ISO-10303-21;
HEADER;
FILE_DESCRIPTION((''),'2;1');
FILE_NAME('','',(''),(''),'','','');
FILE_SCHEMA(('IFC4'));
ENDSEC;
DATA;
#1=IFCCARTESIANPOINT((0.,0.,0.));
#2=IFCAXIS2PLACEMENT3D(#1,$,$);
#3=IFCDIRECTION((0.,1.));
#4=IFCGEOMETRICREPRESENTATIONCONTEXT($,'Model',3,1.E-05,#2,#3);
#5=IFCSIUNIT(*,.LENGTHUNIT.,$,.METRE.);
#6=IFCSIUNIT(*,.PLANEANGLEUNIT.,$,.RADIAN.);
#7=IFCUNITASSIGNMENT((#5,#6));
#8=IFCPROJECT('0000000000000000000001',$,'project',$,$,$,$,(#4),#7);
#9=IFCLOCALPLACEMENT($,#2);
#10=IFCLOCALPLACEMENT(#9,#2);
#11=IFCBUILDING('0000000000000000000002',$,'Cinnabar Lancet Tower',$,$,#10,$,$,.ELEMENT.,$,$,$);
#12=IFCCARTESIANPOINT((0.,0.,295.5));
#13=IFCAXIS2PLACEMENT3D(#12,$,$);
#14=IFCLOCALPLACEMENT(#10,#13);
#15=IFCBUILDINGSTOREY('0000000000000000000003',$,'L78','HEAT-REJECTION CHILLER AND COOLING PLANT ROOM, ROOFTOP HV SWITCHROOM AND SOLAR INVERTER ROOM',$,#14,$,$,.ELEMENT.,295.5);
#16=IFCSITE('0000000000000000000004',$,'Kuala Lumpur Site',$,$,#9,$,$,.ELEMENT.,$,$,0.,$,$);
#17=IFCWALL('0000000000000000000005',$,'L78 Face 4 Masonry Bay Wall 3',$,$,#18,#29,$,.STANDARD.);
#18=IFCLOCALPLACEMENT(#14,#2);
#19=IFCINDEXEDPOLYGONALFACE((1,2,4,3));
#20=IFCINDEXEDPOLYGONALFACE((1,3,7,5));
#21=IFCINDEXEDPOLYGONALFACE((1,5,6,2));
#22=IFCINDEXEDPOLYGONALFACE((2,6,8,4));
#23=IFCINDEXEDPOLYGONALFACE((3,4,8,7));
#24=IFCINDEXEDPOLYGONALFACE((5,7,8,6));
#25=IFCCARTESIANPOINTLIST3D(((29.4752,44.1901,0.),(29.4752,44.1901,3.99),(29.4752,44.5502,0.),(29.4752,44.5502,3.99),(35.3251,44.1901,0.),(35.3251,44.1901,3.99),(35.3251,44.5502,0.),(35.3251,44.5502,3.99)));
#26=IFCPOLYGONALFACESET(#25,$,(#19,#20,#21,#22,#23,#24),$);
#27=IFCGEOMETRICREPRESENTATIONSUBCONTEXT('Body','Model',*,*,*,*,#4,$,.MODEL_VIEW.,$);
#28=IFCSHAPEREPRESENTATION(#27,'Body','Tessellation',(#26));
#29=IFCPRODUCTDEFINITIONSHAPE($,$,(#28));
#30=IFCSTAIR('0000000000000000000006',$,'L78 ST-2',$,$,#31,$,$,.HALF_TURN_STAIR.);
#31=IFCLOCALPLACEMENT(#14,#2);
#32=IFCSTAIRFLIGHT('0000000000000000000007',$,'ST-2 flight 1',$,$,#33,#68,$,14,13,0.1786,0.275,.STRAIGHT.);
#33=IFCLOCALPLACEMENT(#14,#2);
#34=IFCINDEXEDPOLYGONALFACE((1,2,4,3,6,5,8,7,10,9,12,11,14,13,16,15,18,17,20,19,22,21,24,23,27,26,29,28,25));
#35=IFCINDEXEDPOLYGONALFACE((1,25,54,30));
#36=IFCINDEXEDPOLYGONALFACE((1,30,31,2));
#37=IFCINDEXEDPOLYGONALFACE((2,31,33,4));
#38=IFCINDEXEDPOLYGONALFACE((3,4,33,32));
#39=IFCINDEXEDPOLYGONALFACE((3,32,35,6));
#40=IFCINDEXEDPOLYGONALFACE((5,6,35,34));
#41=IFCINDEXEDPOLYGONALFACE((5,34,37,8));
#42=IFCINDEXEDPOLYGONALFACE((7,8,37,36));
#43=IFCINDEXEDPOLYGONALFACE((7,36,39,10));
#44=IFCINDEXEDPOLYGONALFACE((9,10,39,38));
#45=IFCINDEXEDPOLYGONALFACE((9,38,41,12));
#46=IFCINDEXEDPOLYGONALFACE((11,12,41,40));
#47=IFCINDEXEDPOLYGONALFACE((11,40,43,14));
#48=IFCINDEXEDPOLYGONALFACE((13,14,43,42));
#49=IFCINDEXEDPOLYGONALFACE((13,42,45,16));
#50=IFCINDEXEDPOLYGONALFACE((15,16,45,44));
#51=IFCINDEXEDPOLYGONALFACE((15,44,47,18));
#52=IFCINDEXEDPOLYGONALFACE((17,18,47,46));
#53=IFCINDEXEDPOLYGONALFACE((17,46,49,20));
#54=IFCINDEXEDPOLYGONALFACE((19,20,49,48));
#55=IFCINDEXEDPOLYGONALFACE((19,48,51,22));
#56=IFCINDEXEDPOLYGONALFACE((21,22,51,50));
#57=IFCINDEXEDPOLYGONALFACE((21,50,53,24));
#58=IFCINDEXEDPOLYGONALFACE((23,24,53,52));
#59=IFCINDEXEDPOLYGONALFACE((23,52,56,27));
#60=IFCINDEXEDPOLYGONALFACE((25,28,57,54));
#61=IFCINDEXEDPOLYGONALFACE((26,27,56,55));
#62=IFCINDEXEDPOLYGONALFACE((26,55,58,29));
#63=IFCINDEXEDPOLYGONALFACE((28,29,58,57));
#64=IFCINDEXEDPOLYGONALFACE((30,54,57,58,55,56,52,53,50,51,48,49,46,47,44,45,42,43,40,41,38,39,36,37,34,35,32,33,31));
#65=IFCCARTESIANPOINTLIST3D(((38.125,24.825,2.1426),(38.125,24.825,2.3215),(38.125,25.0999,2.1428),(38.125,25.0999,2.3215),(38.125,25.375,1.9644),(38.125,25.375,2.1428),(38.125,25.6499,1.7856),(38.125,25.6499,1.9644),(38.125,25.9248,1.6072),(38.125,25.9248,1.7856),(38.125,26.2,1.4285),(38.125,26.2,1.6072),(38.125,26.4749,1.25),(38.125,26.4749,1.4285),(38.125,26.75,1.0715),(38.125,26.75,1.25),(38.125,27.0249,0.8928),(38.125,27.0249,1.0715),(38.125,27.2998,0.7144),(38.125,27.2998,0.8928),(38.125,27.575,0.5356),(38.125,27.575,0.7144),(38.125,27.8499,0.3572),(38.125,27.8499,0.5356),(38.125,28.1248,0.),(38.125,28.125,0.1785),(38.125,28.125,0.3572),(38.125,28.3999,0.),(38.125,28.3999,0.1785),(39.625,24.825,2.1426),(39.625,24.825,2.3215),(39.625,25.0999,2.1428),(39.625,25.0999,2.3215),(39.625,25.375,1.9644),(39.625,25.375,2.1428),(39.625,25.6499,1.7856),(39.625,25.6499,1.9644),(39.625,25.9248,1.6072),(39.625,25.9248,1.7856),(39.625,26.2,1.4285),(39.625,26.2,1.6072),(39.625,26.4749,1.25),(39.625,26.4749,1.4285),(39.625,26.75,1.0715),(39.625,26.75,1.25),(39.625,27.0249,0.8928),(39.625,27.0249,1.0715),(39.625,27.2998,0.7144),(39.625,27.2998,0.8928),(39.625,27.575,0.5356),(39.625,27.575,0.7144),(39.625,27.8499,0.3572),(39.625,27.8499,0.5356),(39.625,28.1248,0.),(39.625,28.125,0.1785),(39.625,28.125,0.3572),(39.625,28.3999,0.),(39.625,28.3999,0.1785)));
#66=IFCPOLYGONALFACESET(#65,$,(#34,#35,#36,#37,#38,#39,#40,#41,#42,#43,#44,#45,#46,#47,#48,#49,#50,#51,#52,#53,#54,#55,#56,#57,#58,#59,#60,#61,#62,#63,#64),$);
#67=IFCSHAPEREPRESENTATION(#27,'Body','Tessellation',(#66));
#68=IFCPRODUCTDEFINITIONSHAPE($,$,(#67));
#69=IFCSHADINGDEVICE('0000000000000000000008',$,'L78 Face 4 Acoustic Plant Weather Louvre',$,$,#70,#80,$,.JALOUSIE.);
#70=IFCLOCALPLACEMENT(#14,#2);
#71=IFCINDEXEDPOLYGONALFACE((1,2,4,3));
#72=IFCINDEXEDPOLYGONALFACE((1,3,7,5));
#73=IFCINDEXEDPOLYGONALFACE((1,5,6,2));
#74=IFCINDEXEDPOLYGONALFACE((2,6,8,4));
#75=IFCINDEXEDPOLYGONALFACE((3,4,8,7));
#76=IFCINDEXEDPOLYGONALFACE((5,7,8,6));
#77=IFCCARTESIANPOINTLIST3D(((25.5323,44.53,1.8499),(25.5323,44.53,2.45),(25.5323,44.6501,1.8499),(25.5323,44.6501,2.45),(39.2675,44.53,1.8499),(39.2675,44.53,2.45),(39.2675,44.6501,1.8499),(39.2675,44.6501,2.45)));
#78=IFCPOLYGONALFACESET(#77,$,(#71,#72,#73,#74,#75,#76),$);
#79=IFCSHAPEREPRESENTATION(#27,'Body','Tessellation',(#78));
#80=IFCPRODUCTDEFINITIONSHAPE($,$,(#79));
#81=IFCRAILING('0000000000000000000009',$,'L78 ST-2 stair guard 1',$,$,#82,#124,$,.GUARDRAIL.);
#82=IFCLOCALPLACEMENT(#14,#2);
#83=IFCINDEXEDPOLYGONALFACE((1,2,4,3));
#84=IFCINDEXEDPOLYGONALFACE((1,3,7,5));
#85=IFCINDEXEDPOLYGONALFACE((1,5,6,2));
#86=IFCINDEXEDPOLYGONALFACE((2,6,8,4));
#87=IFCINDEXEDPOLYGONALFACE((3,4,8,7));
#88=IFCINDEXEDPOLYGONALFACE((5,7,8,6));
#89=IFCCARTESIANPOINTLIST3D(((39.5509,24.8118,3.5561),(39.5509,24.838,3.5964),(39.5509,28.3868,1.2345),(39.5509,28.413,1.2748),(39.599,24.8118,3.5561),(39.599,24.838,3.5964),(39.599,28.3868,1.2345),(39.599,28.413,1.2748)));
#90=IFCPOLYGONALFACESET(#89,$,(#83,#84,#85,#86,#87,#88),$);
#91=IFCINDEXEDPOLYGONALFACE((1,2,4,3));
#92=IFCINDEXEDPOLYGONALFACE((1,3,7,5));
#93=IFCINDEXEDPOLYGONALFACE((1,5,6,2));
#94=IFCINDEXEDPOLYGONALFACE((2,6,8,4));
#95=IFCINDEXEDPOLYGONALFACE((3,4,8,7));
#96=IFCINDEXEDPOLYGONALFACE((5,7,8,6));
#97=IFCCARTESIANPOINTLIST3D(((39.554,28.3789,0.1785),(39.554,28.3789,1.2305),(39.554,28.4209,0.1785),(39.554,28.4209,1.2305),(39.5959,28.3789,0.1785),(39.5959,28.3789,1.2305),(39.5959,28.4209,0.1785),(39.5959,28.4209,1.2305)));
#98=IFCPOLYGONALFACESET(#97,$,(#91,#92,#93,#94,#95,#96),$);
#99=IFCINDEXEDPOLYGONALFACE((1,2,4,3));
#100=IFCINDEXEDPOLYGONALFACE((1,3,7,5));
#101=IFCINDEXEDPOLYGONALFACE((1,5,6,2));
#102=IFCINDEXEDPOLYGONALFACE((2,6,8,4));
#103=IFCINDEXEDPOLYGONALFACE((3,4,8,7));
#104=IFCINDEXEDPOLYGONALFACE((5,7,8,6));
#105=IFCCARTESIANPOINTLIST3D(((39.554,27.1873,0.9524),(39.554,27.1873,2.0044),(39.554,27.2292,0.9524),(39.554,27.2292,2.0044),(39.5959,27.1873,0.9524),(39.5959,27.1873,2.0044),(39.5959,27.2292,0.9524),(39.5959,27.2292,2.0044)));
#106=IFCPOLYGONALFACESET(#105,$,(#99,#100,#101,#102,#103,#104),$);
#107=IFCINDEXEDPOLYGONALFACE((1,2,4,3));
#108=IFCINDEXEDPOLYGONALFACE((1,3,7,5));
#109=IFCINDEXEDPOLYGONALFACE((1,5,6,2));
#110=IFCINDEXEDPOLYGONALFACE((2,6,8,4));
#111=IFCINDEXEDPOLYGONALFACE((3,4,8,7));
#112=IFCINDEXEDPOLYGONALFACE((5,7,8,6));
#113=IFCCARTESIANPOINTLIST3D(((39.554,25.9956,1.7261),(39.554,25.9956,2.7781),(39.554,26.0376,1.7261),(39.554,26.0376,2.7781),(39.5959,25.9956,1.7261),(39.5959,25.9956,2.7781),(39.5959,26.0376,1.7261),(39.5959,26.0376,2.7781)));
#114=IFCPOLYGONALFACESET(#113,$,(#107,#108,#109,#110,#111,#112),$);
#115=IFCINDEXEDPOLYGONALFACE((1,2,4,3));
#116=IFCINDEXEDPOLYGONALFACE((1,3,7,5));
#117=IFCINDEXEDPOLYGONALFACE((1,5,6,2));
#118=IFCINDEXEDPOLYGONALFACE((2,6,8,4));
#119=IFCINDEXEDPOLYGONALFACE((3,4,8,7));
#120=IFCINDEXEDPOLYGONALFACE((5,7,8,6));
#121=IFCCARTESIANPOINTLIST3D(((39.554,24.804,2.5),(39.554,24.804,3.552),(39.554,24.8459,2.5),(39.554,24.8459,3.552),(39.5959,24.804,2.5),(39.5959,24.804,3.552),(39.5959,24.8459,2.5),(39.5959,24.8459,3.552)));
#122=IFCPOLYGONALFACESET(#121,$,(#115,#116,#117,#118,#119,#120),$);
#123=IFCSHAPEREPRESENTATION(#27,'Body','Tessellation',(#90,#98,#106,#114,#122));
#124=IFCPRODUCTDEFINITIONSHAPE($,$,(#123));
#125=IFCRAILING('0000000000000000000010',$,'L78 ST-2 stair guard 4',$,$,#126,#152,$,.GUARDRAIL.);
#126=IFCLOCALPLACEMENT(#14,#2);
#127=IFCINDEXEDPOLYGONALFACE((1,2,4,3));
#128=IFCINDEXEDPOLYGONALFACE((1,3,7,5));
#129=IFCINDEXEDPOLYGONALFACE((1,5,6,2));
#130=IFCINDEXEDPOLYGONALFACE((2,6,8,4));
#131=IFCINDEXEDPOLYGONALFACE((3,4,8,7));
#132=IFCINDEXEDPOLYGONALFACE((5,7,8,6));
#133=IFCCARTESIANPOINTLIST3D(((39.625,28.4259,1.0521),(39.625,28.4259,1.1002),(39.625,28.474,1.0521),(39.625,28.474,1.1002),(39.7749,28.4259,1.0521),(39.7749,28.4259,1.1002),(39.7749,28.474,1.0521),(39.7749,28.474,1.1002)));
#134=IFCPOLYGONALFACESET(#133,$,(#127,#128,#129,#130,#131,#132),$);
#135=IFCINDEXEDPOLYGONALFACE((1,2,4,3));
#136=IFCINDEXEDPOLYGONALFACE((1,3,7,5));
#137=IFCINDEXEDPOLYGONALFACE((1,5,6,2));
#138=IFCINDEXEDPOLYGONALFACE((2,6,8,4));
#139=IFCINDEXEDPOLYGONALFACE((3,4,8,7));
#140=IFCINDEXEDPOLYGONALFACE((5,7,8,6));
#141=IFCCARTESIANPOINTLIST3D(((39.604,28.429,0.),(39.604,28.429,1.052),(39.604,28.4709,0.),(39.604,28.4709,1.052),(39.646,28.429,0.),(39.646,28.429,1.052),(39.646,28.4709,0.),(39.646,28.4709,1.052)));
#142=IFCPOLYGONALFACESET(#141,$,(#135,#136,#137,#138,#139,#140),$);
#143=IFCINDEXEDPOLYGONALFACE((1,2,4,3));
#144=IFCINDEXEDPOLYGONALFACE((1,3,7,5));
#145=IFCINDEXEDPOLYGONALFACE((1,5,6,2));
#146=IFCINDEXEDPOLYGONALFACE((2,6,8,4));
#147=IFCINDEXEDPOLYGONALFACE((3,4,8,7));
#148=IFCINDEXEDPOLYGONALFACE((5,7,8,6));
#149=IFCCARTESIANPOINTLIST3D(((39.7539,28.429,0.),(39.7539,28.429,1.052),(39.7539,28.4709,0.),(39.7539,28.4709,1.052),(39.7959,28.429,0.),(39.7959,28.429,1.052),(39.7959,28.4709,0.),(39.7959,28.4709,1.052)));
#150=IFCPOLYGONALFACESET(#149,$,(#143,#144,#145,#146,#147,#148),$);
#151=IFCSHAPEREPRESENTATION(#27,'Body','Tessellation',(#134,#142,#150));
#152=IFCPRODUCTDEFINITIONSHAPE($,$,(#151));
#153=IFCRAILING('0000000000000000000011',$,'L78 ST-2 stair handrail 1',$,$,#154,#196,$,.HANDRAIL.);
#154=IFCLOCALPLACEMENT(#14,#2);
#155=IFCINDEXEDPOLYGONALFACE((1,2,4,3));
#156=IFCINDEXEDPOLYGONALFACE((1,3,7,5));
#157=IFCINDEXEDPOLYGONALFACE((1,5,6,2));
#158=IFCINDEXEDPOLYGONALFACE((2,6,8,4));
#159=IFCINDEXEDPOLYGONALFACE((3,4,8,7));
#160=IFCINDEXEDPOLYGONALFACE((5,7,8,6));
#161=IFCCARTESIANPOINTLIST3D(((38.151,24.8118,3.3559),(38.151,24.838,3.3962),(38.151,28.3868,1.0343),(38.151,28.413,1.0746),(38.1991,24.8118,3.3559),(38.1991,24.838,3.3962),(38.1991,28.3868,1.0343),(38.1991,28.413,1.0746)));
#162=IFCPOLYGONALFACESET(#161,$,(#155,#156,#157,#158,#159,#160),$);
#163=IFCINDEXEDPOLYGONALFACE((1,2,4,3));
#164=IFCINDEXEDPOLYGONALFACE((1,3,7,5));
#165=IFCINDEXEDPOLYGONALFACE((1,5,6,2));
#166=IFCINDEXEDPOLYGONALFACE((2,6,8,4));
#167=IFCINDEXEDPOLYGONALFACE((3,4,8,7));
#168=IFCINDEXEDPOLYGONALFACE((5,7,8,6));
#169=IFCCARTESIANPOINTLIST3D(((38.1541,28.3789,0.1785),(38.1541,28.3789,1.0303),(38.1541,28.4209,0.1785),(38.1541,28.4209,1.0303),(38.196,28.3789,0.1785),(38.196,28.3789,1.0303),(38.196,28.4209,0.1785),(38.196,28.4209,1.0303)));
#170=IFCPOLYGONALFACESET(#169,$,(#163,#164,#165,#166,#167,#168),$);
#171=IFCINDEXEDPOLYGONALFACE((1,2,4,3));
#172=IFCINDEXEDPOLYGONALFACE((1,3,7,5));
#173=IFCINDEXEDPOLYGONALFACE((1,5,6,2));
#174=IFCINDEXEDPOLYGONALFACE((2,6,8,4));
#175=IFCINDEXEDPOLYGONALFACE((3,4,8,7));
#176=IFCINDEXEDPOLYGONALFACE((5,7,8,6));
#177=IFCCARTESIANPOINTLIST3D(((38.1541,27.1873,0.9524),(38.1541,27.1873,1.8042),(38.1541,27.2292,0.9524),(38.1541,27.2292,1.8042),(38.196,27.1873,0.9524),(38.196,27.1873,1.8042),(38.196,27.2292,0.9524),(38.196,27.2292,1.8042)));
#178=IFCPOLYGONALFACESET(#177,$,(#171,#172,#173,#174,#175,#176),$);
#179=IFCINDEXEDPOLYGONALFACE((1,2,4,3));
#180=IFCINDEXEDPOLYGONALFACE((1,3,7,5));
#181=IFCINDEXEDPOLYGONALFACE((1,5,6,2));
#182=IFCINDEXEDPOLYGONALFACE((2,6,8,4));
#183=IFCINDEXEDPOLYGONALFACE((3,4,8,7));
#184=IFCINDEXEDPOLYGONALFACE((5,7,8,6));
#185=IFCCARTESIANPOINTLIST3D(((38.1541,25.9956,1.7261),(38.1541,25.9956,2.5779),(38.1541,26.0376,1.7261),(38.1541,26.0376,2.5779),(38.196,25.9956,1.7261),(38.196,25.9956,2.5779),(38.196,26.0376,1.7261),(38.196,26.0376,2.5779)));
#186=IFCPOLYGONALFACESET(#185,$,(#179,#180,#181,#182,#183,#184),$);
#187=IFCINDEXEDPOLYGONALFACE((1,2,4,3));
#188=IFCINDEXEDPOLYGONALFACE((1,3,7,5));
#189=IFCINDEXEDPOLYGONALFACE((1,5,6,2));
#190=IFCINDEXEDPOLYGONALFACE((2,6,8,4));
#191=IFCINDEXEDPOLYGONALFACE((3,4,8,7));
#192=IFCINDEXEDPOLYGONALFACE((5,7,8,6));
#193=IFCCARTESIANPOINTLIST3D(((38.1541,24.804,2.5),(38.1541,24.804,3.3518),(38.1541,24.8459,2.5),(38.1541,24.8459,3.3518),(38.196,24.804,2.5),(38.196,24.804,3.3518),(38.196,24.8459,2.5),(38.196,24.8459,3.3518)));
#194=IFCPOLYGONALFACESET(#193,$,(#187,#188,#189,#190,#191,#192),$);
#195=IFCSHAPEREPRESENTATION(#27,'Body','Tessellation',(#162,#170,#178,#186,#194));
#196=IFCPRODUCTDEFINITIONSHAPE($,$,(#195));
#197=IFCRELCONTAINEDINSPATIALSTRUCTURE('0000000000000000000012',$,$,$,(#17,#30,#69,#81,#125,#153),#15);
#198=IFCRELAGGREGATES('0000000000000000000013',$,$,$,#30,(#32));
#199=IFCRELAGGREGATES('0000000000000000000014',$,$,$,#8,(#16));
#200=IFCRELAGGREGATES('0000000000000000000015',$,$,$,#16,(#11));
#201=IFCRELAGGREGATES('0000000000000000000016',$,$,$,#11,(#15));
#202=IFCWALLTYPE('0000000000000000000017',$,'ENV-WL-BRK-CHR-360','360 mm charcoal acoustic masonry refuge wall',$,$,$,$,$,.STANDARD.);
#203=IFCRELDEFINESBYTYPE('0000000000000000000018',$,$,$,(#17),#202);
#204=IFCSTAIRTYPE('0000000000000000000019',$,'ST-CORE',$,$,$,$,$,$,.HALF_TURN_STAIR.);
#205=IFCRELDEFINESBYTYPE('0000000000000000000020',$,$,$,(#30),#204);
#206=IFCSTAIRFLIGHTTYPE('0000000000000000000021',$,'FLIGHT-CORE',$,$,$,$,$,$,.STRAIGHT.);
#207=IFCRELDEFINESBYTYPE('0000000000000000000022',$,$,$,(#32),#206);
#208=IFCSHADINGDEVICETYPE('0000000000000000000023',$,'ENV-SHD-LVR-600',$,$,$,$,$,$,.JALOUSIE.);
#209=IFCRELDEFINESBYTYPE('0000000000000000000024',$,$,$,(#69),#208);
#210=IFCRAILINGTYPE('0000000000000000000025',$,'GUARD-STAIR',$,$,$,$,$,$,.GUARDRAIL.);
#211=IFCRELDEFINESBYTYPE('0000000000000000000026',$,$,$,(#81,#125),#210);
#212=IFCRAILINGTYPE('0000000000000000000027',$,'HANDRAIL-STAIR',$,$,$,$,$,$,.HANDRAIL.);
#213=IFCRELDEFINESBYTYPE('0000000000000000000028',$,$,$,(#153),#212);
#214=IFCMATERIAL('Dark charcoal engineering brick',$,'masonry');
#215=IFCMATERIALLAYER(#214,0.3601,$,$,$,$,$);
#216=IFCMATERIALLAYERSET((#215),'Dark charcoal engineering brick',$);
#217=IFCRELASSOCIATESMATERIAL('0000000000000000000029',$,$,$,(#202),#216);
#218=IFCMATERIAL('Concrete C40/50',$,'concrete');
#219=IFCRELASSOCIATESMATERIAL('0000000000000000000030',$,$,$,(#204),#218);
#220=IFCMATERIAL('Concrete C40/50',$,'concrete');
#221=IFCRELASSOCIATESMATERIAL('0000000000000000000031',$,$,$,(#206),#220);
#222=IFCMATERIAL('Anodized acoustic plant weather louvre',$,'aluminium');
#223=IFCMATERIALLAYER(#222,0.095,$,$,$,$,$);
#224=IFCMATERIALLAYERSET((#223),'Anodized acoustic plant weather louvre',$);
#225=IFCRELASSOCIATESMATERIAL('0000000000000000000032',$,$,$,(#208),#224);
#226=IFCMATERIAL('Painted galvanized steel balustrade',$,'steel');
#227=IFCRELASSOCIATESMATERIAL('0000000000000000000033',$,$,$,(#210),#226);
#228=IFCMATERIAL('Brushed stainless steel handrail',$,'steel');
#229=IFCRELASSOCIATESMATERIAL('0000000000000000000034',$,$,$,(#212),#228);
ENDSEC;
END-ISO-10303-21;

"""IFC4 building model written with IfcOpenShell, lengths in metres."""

from ifc_helpers import new_model, si_unit, direction, frame, frame_2d, origin, origin_2d, place, context, subcontext, project, spatial, polyline, rectangle, outline, extrude, material, layer, layer_set, type_object, element, aggregate, save


model = new_model("IFC4")

# Units and contexts
model_context = context("Model", 3, precision=1e-05, world=origin(), true_north=direction((0.0, 1.0)))
body_context = subcontext(model_context, "Body", "Model", "MODEL_VIEW")
ifc_project = project(units=[si_unit("LENGTHUNIT", "METRE"), si_unit("PLANEANGLEUNIT", "RADIAN")], contexts=[model_context])

# Site, building, storey
site_placement = place(None, origin())
site = spatial("IfcSite", under=ifc_project, at=site_placement, Name="Kuala Lumpur Site", CompositionType="ELEMENT", RefElevation=0.0)
building_placement = place(site_placement, origin())
building = spatial("IfcBuilding", under=site, at=building_placement, Name="Cinnabar Lancet Tower", CompositionType="ELEMENT")
storey_placement = place(building_placement, frame((0.0, 0.0, 295.5)))
storey = spatial("IfcBuildingStorey", under=building, at=storey_placement, Name="L78", Description="HEAT-REJECTION CHILLER AND COOLING PLANT ROOM, ROOFTOP HV SWITCHROOM AND SOLAR INVERTER ROOM", CompositionType="ELEMENT", Elevation=295.5)

# Wall
ifc_material_1 = material(Name="Dark charcoal engineering brick", Category="masonry")
ifc_layer_1 = layer(ifc_material_1, 0.3601)
ifc_layer_set_1 = layer_set([ifc_layer_1], Name="Dark charcoal engineering brick")
wall_type_1 = type_object("IfcWallType", Name="ENV-WL-BRK-CHR-360", Description="360 mm charcoal acoustic masonry refuge wall", PredefinedType="STANDARD", material=ifc_layer_set_1)
wall_1_placement = place(storey_placement, frame((35.325, 44.3701, 0.0), z_axis=(0.0, 0.0, 1.0), x_axis=(-1.0, 0.0, 0.0)))
element("IfcWall", 1, at=wall_1_placement, inside=storey, type_object=wall_type_1, Name="L78 Face 4 Masonry Bay Wall 3", PredefinedType="STANDARD", context=body_context, shape_type="SweptSolid", body=[
    extrude(rectangle(XDim=5.8499, YDim=0.3601, at=frame_2d((2.9248, 0.0))), origin(), (0.0, 0.0, 1.0), 3.99),
])

# Stair, stair flight
ifc_material_2 = material(Name="Concrete C40/50", Category="concrete")
stair_type = type_object("IfcStairType", Name="ST-CORE", PredefinedType="HALF_TURN_STAIR", material=ifc_material_2)
stair_placement = place(storey_placement, origin())
stair = element("IfcStair", 2, at=stair_placement, inside=storey, type_object=stair_type, Name="L78 ST-2", PredefinedType="HALF_TURN_STAIR")
ifc_material_3 = material(Name="Concrete C40/50", Category="concrete")
stair_flight_type = type_object("IfcStairFlightType", Name="FLIGHT-CORE", PredefinedType="STRAIGHT", material=ifc_material_3)
stair_flight_placement = place(storey_placement, frame((38.875, 28.3999, 0.0), z_axis=(0.0, 0.0, 1.0), x_axis=(0.0, -1.0, 0.0)))
stair_flight = element("IfcStairFlight", 3, at=stair_flight_placement, type_object=stair_flight_type, Name="ST-2 flight 1", NumberOfRisers=14, NumberOfTreads=13, PredefinedType="STRAIGHT", RiserHeight=0.1786, TreadLength=0.275, context=body_context, shape_type="SweptSolid", body=[
    extrude(outline(polyline([(0.0, 0.0), (0.0, 0.1785), (0.2749, 0.1785), (0.2749, 0.3572), (0.55, 0.3572), (0.55, 0.5356), (0.825, 0.5356), (0.825, 0.7144), (1.1001, 0.7144), (1.1001, 0.8928), (1.375, 0.8928), (1.375, 1.0715), (1.6499, 1.0715), (1.6499, 1.25), (1.925, 1.25), (1.925, 1.4285), (2.2, 1.4285), (2.2, 1.6072), (2.4751, 1.6072), (2.4751, 1.7856), (2.75, 1.7856), (2.75, 1.9644), (3.0249, 1.9644), (3.0249, 2.1428), (3.3, 2.1428), (3.3, 2.3215), (3.575, 2.3215), (3.575, 2.5), (3.575, 2.1426), (0.2751, 0.0), (0.0, 0.0)])), frame((0.0, 0.75, 0.0), z_axis=(0.0, -1.0, 0.0), x_axis=(1.0, 0.0, 0.0)), (0.0, 0.0, 1.0), 1.5),
])
aggregate(stair, [stair_flight])

# Shading device
ifc_material_4 = material(Name="Anodized acoustic plant weather louvre", Category="aluminium")
ifc_layer_2 = layer(ifc_material_4, 0.095)
ifc_layer_set_2 = layer_set([ifc_layer_2], Name="Anodized acoustic plant weather louvre")
shading_device_type = type_object("IfcShadingDeviceType", Name="ENV-SHD-LVR-600", PredefinedType="JALOUSIE", material=ifc_layer_set_2)
shading_device_placement = place(storey_placement, frame((32.3999, 44.5901, 1.8499), z_axis=(0.0, 0.0, 1.0), x_axis=(-1.0, 0.0, 0.0)))
element("IfcShadingDevice", 4, at=shading_device_placement, inside=storey, type_object=shading_device_type, Name="L78 Face 4 Acoustic Plant Weather Louvre", PredefinedType="JALOUSIE", context=body_context, shape_type="SweptSolid", body=[
    extrude(rectangle(XDim=13.7351, YDim=0.1201, at=origin_2d()), origin(), (0.0, 0.0, 1.0), 0.6001),
])

# Railings
ifc_material_5 = material(Name="Painted galvanized steel balustrade", Category="steel")
railing_type_1 = type_object("IfcRailingType", Name="GUARD-STAIR", PredefinedType="GUARDRAIL", material=ifc_material_5)
railing_1_placement = place(storey_placement, frame((39.575, 28.3999, 0.1785)))
element("IfcRailing", 5, at=railing_1_placement, inside=storey, type_object=railing_type_1, Name="L78 ST-2 stair guard 1", PredefinedType="GUARDRAIL", context=body_context, shape_type="SweptSolid", body=[
    extrude(rectangle(XDim=0.0481, YDim=0.0481, at=origin_2d()), frame((0.0, 0.0, 1.0762), z_axis=(0.0, -0.838678, 0.544628), x_axis=(1.0, 0.0, 0.0)), (0.0, 0.0, 1.0), 4.2627),
    extrude(rectangle(XDim=0.042, YDim=0.042, at=origin_2d()), origin(), (0.0, 0.0, 1.0), 1.052),
    extrude(rectangle(XDim=0.042, YDim=0.042, at=origin_2d()), frame((0.0, -1.1917, 0.7739)), (0.0, 0.0, 1.0), 1.052),
    extrude(rectangle(XDim=0.042, YDim=0.042, at=origin_2d()), frame((0.0, -2.3833, 1.5476)), (0.0, 0.0, 1.0), 1.052),
    extrude(rectangle(XDim=0.042, YDim=0.042, at=origin_2d()), frame((0.0, -3.575, 2.3215)), (0.0, 0.0, 1.0), 1.052),
])
railing_2_placement = place(storey_placement, frame((39.625, 28.45, 0.0)))
element("IfcRailing", 6, at=railing_2_placement, inside=storey, type_object=railing_type_1, Name="L78 ST-2 stair guard 4", PredefinedType="GUARDRAIL", context=body_context, shape_type="SweptSolid", body=[
    extrude(rectangle(XDim=0.0481, YDim=0.0481, at=origin_2d()), frame((0.0, 0.0, 1.0762), z_axis=(1.0, 0.0, 0.0), x_axis=(0.0, 1.0, 0.0)), (0.0, 0.0, 1.0), 0.1499),
    extrude(rectangle(XDim=0.042, YDim=0.042, at=origin_2d()), origin(), (0.0, 0.0, 1.0), 1.052),
    extrude(rectangle(XDim=0.042, YDim=0.042, at=origin_2d()), frame((0.1499, 0.0, 0.0)), (0.0, 0.0, 1.0), 1.052),
])
ifc_material_6 = material(Name="Brushed stainless steel handrail", Category="steel")
railing_type_2 = type_object("IfcRailingType", Name="HANDRAIL-STAIR", PredefinedType="HANDRAIL", material=ifc_material_6)
railing_3_placement = place(storey_placement, frame((38.175, 28.3999, 0.1785)))
element("IfcRailing", 7, at=railing_3_placement, inside=storey, type_object=railing_type_2, Name="L78 ST-2 stair handrail 1", PredefinedType="HANDRAIL", context=body_context, shape_type="SweptSolid", body=[
    extrude(rectangle(XDim=0.0481, YDim=0.0481, at=origin_2d()), frame((0.0, 0.0, 0.876), z_axis=(0.0, -0.838678, 0.544628), x_axis=(1.0, 0.0, 0.0)), (0.0, 0.0, 1.0), 4.2627),
    extrude(rectangle(XDim=0.042, YDim=0.042, at=origin_2d()), origin(), (0.0, 0.0, 1.0), 0.8518),
    extrude(rectangle(XDim=0.042, YDim=0.042, at=origin_2d()), frame((0.0, -1.1917, 0.7739)), (0.0, 0.0, 1.0), 0.8518),
    extrude(rectangle(XDim=0.042, YDim=0.042, at=origin_2d()), frame((0.0, -2.3833, 1.5476)), (0.0, 0.0, 1.0), 0.8518),
    extrude(rectangle(XDim=0.042, YDim=0.042, at=origin_2d()), frame((0.0, -3.575, 2.3215)), (0.0, 0.0, 1.0), 0.8518),
])

save(model, "model.ifc")
